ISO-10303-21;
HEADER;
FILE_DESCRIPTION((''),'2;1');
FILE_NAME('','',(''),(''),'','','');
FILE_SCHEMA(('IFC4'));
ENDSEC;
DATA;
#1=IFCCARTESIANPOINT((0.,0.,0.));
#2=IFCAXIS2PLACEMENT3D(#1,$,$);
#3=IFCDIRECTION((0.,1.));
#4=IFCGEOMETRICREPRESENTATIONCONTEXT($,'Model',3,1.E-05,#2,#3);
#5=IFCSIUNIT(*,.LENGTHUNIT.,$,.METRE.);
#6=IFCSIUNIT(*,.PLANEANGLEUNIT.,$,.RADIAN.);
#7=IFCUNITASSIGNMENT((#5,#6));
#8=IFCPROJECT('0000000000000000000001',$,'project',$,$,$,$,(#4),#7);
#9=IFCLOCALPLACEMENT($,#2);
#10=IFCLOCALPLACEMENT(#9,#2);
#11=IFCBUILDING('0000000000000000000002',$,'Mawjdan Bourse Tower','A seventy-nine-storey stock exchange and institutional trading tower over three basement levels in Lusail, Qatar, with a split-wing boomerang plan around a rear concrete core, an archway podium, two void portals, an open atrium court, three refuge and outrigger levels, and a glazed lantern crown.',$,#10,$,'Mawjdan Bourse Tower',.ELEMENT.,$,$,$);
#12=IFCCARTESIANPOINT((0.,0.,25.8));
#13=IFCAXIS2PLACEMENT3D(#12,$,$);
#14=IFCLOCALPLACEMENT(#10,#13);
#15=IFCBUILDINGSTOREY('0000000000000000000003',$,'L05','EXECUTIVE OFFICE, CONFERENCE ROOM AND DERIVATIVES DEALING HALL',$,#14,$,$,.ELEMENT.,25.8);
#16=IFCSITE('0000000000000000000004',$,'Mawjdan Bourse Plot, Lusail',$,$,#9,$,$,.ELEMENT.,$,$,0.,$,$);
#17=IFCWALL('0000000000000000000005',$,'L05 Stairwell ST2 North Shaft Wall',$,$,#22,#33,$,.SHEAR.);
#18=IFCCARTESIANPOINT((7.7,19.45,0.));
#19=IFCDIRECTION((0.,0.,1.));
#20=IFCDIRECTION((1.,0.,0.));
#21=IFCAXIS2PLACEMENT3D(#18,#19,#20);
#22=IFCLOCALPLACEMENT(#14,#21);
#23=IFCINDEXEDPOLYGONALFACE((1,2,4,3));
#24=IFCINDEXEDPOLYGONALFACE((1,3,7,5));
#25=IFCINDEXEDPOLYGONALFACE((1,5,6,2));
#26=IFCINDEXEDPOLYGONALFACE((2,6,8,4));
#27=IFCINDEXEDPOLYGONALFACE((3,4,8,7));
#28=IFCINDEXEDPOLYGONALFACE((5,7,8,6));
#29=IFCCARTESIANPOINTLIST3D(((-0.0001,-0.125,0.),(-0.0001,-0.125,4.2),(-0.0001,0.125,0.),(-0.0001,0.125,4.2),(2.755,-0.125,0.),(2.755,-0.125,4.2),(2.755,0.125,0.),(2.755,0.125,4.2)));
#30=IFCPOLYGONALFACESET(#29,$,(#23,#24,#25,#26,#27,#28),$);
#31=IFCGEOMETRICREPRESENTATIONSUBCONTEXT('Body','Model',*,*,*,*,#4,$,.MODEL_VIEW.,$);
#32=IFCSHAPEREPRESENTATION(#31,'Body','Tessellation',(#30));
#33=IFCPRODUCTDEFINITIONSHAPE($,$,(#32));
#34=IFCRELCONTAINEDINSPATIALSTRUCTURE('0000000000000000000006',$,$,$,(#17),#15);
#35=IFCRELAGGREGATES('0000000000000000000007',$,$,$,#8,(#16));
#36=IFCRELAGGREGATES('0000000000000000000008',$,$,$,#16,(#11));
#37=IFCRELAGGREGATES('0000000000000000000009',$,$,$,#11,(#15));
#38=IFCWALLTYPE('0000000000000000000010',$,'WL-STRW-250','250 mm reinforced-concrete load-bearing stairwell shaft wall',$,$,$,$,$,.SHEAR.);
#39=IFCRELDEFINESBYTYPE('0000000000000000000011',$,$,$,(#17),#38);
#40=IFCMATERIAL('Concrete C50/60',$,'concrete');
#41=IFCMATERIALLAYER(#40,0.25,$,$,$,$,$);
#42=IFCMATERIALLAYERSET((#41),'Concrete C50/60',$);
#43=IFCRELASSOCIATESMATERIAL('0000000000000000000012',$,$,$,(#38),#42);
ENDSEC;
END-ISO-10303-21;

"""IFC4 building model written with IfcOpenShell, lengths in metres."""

from ifc_helpers import new_model, si_unit, direction, frame, frame_2d, origin, place, context, subcontext, project, spatial, rectangle, extrude, material, layer, layer_set, type_object, element, save


model = new_model("IFC4")

# Units and contexts
model_context = context("Model", 3, precision=1e-05, world=origin(), true_north=direction((0.0, 1.0)))
body_context = subcontext(model_context, "Body", "Model", "MODEL_VIEW")
ifc_project = project(units=[si_unit("LENGTHUNIT", "METRE"), si_unit("PLANEANGLEUNIT", "RADIAN")], contexts=[model_context])

# Site, building, storey
site_placement = place(None, origin())
site = spatial("IfcSite", under=ifc_project, at=site_placement, Name="Mawjdan Bourse Plot, Lusail", CompositionType="ELEMENT", RefElevation=0.0)
building_placement = place(site_placement, origin())
building = spatial("IfcBuilding", under=site, at=building_placement, Name="Mawjdan Bourse Tower", Description="A seventy-nine-storey stock exchange and institutional trading tower over three basement levels in Lusail, Qatar, with a split-wing boomerang plan around a rear concrete core, an archway podium, two void portals, an open atrium court, three refuge and outrigger levels, and a glazed lantern crown.", LongName="Mawjdan Bourse Tower", CompositionType="ELEMENT")
storey_placement = place(building_placement, frame((0.0, 0.0, 25.8)))
storey = spatial("IfcBuildingStorey", under=building, at=storey_placement, Name="L05", Description="EXECUTIVE OFFICE, CONFERENCE ROOM AND DERIVATIVES DEALING HALL", CompositionType="ELEMENT", Elevation=25.8)

# Wall
ifc_material_1 = material(Name="Concrete C50/60", Category="concrete")
ifc_layer_1 = layer(ifc_material_1, 0.25)
ifc_layer_set_1 = layer_set([ifc_layer_1], Name="Concrete C50/60")
wall_type_1 = type_object("IfcWallType", Name="WL-STRW-250", Description="250 mm reinforced-concrete load-bearing stairwell shaft wall", PredefinedType="SHEAR", material=ifc_layer_set_1)
wall_1_placement = place(storey_placement, frame((7.7, 19.45, 0.0), z_axis=(0.0, 0.0, 1.0), x_axis=(1.0, 0.0, 0.0)))
element("IfcWall", 1, at=wall_1_placement, inside=storey, type_object=wall_type_1, Name="L05 Stairwell ST2 North Shaft Wall", PredefinedType="SHEAR", context=body_context, shape_type="SweptSolid", body=[
    extrude(rectangle(XDim=2.7551, YDim=0.25, at=frame_2d((1.3774, 0.0))), origin(), (0.0, 0.0, 1.0), 4.2),
])

save(model, "model.ifc")
